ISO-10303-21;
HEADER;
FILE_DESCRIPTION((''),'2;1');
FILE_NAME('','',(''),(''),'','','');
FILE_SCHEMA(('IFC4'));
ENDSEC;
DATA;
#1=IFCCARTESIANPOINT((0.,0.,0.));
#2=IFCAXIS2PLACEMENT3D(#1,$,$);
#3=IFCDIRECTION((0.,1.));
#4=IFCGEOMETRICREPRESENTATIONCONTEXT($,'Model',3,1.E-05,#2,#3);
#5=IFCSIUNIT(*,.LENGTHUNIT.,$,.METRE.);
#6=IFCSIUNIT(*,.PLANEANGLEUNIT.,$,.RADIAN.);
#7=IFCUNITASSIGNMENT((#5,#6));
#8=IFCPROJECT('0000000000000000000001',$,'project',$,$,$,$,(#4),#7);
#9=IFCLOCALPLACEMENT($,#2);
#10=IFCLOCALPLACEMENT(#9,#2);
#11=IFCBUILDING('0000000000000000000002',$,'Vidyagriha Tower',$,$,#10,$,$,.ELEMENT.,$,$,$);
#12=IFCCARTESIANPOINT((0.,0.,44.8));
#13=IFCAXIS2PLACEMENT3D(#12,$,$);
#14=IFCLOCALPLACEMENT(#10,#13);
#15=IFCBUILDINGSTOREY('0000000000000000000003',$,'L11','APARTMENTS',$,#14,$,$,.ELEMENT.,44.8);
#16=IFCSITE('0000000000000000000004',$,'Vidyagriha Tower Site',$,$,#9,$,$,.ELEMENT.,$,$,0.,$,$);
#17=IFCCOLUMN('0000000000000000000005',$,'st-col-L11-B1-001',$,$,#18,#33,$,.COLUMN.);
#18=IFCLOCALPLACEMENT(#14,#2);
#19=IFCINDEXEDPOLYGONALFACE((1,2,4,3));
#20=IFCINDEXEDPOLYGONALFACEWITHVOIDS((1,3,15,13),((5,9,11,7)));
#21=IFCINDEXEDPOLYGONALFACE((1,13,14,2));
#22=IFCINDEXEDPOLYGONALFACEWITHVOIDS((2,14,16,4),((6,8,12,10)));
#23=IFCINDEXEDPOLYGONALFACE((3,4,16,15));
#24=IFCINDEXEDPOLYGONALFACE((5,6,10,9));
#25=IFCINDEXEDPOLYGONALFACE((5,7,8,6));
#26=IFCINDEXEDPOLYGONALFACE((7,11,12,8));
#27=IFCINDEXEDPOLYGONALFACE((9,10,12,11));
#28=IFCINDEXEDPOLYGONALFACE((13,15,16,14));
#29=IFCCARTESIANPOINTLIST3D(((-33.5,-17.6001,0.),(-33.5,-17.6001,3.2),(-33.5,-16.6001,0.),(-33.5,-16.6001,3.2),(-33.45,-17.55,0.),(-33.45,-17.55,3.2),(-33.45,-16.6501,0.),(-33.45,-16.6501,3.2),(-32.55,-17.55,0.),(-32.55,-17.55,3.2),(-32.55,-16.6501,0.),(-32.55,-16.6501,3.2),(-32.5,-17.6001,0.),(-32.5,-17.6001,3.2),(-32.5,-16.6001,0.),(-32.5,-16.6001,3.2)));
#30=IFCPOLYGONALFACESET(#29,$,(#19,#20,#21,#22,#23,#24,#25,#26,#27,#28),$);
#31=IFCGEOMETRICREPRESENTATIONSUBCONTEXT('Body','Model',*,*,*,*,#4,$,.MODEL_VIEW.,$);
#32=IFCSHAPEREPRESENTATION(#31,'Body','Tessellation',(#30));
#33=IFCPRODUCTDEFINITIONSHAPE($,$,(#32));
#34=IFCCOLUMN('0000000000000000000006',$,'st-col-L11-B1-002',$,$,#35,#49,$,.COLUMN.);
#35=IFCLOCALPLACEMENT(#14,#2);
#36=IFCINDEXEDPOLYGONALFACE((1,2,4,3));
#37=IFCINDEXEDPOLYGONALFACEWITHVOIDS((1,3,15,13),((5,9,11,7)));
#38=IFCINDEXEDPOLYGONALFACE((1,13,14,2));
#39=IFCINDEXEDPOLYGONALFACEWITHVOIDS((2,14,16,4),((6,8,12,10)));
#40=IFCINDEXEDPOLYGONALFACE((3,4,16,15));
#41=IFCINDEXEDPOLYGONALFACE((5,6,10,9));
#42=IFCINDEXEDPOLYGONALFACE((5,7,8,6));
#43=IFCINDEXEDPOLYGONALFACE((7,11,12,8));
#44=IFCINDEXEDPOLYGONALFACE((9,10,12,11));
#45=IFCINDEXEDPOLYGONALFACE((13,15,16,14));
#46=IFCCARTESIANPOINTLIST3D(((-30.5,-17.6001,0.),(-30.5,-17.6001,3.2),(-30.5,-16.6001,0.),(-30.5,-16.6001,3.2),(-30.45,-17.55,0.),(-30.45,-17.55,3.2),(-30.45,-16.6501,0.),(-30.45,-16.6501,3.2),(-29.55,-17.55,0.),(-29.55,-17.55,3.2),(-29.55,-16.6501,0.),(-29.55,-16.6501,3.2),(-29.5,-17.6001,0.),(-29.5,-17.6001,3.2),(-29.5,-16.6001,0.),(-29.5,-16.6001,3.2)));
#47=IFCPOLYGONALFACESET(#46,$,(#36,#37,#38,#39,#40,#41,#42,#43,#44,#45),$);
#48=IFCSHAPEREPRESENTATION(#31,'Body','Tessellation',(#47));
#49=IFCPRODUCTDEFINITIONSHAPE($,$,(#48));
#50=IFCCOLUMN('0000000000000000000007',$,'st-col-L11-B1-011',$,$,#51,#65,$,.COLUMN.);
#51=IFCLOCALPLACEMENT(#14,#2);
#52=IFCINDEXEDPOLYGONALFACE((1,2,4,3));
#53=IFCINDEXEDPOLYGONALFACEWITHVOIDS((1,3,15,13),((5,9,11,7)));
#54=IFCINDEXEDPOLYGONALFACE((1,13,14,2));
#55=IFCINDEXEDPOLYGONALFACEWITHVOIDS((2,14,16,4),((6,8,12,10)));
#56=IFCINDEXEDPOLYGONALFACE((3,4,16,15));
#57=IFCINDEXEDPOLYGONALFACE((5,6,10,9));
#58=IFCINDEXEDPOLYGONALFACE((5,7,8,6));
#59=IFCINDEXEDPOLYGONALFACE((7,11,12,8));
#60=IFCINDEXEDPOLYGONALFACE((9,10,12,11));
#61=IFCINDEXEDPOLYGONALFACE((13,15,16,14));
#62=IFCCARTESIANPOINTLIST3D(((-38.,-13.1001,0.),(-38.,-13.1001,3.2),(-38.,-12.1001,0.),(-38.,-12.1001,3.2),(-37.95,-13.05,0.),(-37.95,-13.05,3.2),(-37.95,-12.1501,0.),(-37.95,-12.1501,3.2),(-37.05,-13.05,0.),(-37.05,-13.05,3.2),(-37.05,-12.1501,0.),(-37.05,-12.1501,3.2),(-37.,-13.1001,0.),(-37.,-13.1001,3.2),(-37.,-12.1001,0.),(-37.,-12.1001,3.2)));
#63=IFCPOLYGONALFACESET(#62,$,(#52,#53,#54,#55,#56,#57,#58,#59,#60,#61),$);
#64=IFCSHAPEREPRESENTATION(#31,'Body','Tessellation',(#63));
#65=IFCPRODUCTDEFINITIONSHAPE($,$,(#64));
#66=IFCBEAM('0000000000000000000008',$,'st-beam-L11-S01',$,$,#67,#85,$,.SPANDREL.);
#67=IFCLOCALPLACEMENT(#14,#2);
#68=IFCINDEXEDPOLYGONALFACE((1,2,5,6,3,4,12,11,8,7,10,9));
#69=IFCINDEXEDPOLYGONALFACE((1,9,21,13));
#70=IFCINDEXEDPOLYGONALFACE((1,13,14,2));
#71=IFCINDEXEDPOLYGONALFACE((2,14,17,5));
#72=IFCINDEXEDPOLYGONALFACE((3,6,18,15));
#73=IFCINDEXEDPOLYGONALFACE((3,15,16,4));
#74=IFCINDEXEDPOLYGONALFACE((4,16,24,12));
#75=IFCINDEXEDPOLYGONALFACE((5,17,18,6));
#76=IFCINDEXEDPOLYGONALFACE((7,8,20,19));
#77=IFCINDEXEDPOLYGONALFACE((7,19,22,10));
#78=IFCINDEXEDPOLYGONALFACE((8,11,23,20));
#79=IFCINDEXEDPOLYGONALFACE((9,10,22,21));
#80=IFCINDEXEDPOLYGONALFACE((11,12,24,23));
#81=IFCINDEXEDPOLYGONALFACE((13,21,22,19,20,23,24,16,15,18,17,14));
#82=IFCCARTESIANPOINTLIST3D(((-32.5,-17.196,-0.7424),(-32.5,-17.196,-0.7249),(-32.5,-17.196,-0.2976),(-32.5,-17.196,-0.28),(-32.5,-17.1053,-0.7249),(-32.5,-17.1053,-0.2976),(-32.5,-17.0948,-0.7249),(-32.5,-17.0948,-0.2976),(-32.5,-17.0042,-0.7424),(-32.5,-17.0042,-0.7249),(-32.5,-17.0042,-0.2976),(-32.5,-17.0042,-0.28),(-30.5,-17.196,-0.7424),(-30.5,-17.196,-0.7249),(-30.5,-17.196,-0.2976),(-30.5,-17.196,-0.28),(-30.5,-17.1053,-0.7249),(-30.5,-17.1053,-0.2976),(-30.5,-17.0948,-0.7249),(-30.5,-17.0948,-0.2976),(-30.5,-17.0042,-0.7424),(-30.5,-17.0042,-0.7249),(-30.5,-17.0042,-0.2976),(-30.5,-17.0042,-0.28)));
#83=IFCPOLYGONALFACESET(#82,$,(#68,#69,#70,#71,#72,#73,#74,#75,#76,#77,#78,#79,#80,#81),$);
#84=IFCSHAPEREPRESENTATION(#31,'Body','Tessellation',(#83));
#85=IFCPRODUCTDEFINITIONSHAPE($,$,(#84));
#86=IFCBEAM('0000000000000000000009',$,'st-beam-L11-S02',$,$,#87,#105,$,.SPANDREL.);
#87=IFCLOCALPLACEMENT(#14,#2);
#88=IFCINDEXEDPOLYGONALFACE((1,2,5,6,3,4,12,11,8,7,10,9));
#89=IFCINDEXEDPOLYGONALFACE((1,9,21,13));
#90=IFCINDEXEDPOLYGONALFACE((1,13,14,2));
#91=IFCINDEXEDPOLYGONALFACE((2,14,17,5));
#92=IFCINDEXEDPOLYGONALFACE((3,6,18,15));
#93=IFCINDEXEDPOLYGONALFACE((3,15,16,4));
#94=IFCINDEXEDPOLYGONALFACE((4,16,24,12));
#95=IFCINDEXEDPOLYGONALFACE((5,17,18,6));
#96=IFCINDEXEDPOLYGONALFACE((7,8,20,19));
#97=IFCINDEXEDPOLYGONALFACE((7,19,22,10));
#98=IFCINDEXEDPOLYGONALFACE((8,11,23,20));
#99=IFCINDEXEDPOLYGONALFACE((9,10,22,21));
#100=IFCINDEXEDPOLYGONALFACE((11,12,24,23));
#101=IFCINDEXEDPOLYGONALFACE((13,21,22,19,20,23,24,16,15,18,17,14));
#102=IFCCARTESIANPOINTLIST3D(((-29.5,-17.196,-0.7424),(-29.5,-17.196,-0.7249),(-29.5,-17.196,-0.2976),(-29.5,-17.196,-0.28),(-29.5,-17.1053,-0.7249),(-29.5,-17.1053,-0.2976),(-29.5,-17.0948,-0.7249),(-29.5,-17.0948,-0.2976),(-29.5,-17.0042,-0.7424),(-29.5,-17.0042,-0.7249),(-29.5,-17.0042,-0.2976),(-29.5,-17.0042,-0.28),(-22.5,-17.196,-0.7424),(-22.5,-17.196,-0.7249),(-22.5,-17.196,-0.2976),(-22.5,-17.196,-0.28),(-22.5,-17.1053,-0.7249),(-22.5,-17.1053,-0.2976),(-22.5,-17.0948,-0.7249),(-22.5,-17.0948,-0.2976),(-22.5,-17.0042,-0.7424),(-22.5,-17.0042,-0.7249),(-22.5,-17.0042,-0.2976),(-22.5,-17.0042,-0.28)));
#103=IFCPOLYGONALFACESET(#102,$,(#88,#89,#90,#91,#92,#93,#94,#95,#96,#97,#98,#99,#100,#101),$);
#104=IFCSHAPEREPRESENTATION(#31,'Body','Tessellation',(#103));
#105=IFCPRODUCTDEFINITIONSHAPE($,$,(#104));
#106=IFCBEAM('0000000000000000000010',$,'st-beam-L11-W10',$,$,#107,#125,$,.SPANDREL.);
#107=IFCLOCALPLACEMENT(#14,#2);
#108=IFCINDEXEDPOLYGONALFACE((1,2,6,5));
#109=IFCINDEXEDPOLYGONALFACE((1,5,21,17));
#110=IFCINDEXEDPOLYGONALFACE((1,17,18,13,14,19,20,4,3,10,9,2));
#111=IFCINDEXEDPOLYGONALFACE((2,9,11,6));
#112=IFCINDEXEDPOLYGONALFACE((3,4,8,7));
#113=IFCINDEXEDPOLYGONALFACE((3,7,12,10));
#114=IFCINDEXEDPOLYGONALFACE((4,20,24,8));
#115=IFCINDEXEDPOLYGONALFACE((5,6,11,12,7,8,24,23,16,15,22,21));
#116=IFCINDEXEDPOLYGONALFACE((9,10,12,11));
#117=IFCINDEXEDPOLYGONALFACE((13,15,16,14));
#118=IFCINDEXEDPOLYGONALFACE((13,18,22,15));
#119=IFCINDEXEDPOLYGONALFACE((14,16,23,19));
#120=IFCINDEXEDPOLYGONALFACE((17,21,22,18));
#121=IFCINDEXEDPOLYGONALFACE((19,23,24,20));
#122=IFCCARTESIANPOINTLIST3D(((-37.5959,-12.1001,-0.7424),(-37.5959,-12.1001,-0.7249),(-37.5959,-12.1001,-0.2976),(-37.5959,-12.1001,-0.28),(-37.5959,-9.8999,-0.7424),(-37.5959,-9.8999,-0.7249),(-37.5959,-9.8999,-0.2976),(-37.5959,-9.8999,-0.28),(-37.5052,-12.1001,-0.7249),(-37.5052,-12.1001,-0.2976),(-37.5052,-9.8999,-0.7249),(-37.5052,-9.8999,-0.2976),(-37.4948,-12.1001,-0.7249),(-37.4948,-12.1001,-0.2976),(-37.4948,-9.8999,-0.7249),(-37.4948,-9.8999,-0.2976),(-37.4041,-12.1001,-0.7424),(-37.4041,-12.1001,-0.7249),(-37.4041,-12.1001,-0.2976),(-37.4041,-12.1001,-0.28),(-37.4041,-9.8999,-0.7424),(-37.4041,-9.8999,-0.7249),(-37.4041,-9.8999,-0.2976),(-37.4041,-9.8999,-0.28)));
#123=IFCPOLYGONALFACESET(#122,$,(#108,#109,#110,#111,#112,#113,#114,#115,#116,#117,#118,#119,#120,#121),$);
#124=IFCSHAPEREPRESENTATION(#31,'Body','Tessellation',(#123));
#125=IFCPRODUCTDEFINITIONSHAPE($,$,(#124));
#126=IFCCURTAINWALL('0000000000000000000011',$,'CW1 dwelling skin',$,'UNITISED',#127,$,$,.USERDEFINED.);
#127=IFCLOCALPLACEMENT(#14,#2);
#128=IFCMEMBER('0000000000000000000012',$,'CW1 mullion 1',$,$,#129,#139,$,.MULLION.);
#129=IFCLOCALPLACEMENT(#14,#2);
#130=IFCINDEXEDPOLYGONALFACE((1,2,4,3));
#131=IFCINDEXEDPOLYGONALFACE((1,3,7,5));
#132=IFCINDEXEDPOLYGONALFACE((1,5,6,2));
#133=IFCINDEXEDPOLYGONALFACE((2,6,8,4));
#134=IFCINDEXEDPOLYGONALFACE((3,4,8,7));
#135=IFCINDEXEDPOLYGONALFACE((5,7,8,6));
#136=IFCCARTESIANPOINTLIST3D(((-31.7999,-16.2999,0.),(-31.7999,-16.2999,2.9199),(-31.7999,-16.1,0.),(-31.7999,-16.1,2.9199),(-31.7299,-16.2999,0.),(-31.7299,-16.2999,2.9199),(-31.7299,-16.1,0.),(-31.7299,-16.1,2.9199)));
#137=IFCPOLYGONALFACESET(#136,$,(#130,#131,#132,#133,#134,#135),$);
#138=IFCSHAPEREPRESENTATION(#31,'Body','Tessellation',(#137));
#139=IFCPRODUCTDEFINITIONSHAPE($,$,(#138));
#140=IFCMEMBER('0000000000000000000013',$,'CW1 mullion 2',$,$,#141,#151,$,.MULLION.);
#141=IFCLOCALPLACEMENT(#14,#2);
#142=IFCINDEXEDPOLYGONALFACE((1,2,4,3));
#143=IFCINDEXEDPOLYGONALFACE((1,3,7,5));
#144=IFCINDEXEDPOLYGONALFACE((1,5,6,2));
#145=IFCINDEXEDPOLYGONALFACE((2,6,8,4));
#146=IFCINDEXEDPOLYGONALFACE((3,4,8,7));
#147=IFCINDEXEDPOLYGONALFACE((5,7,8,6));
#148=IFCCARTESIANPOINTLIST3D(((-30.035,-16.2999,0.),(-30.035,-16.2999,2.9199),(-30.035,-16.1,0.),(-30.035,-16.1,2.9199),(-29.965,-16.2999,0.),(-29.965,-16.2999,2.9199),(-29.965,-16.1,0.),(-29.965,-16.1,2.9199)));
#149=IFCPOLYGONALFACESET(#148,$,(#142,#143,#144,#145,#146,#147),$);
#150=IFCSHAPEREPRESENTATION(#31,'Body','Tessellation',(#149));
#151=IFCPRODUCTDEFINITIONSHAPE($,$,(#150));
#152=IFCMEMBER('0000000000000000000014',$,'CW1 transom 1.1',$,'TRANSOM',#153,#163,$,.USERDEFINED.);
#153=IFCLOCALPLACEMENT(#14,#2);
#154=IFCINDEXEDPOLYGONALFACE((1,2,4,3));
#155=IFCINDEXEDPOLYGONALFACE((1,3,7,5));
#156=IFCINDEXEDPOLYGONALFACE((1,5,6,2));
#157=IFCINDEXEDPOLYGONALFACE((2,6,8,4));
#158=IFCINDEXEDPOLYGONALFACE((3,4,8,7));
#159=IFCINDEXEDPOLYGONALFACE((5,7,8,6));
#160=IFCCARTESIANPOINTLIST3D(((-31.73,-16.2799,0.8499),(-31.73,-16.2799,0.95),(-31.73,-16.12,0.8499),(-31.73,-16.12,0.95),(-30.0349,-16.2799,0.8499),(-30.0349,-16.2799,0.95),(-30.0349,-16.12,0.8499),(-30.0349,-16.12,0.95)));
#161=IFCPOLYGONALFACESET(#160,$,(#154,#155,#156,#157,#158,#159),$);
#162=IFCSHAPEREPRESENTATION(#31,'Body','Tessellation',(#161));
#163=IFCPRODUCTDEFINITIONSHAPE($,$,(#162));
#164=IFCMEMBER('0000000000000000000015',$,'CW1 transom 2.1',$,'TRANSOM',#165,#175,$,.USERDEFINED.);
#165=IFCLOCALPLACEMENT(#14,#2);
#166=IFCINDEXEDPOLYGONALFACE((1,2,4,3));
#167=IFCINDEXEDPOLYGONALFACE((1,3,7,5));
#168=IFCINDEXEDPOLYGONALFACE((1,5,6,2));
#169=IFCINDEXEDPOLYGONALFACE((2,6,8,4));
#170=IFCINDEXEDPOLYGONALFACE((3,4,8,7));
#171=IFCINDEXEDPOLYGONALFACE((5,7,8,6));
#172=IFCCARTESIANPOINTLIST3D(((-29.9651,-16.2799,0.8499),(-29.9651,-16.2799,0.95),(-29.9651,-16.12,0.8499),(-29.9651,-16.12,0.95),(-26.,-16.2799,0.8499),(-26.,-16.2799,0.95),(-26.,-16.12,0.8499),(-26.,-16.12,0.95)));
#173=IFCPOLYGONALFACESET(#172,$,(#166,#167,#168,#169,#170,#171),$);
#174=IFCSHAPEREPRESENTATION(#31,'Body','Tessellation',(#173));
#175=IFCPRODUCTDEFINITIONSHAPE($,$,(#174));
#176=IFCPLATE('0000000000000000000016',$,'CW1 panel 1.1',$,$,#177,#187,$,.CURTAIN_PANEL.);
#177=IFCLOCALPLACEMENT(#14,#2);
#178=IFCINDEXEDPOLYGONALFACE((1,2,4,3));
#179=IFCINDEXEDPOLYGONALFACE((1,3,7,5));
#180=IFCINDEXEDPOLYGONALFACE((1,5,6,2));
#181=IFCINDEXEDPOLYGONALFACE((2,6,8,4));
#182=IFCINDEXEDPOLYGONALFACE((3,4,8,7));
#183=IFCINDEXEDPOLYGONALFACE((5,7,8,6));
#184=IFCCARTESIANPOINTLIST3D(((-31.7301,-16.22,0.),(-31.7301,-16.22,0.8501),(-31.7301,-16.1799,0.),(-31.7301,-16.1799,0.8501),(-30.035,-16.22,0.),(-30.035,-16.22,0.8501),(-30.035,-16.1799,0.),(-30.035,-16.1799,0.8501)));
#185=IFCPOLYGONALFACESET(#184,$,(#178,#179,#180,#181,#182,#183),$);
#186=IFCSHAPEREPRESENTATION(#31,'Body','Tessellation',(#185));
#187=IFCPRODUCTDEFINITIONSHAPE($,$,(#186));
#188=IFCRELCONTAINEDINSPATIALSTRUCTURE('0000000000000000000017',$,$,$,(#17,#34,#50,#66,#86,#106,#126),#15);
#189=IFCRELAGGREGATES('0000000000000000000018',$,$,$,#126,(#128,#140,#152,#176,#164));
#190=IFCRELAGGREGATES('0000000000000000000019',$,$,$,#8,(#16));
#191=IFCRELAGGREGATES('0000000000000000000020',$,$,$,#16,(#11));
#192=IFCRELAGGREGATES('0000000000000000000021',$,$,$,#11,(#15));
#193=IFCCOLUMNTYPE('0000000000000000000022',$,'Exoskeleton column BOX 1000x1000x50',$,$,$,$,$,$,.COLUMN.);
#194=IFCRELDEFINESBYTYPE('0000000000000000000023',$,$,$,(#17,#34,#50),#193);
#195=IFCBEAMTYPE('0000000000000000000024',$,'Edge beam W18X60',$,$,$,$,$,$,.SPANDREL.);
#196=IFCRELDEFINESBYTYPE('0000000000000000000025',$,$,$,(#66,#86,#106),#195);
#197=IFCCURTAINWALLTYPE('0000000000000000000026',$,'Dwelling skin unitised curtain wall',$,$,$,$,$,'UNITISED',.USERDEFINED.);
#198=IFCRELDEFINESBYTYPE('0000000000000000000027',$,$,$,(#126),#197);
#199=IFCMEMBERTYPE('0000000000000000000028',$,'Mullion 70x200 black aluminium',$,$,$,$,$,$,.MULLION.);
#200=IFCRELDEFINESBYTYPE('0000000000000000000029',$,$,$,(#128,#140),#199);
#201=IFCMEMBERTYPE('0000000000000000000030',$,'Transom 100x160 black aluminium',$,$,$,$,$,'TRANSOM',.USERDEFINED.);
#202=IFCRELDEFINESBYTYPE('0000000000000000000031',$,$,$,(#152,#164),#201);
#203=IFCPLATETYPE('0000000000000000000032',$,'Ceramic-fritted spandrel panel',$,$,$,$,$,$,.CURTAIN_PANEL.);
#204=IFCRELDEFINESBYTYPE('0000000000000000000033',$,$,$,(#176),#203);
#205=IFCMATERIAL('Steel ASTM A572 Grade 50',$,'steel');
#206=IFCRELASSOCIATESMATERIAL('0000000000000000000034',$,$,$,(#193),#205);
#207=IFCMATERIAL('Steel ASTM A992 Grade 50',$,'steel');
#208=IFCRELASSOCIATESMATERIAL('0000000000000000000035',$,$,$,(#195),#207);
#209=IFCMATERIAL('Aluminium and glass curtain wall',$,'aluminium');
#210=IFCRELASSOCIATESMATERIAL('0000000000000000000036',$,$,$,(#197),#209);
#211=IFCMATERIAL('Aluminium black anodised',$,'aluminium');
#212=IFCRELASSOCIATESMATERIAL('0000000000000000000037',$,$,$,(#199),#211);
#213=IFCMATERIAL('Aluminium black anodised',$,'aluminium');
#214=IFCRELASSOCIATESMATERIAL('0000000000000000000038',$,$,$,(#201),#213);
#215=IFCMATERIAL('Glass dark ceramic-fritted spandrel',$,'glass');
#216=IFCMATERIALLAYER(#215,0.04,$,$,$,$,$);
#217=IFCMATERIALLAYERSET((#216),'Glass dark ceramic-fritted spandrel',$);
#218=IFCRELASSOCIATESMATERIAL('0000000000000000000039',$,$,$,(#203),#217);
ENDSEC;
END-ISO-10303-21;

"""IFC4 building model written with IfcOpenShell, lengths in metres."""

from ifc_helpers import new_model, si_unit, direction, frame, origin, origin_2d, place, context, subcontext, project, spatial, rectangle, hollow_rectangle, i_section, extrude, material, layer, layer_set, material_profile, profile_set, type_object, element, aggregate, save


model = new_model("IFC4")

# Units and contexts
model_context = context("Model", 3, precision=1e-05, world=origin(), true_north=direction((0.0, 1.0)))
body_context = subcontext(model_context, "Body", "Model", "MODEL_VIEW")
ifc_project = project(units=[si_unit("LENGTHUNIT", "METRE"), si_unit("PLANEANGLEUNIT", "RADIAN")], contexts=[model_context])

# Site, building, storey
site_placement = place(None, origin())
site = spatial("IfcSite", under=ifc_project, at=site_placement, Name="Vidyagriha Tower Site", CompositionType="ELEMENT", RefElevation=0.0)
building_placement = place(site_placement, origin())
building = spatial("IfcBuilding", under=site, at=building_placement, Name="Vidyagriha Tower", CompositionType="ELEMENT")
storey_placement = place(building_placement, frame((0.0, 0.0, 44.8)))
storey = spatial("IfcBuildingStorey", under=building, at=storey_placement, Name="L11", Description="APARTMENTS", CompositionType="ELEMENT", Elevation=44.8)

# Columns
ifc_material_1 = material(Name="Steel ASTM A572 Grade 50", Category="steel")
ifc_material_profile_1 = material_profile(ifc_material_1, hollow_rectangle(XDim=1.0, YDim=1.0, WallThickness=0.05, at=origin_2d()), Name="BOX 1000x1000x50")
ifc_profile_set_1 = profile_set([ifc_material_profile_1], Name="Steel ASTM A572 Grade 50")
column_type = type_object("IfcColumnType", Name="Exoskeleton column BOX 1000x1000x50", PredefinedType="COLUMN", material=ifc_profile_set_1)
for number, where, name in (
    (1, (-33.0, -17.1001, 0.0), "st-col-L11-B1-001"),
    (2, (-30.0, -17.1001, 0.0), "st-col-L11-B1-002"),
    (3, (-37.5, -12.6001, 0.0), "st-col-L11-B1-011"),
):
    element("IfcColumn", number, at=place(storey_placement, frame(where)), inside=storey, type_object=column_type, Name=name, PredefinedType="COLUMN", context=body_context, shape_type="SweptSolid", body=[
        extrude(hollow_rectangle(XDim=1.0, YDim=1.0, WallThickness=0.05, at=origin_2d()), origin(), (0.0, 0.0, 1.0), 3.2),
    ])

# Beams
ifc_material_2 = material(Name="Steel ASTM A992 Grade 50", Category="steel")
ifc_material_profile_2 = material_profile(ifc_material_2, i_section(OverallWidth=0.1919, OverallDepth=0.4624, WebThickness=0.0105, FlangeThickness=0.0176, at=origin_2d()), Name="W18X60")
ifc_profile_set_2 = profile_set([ifc_material_profile_2], Name="Steel ASTM A992 Grade 50")
beam_type = type_object("IfcBeamType", Name="Edge beam W18X60", PredefinedType="SPANDREL", material=ifc_profile_set_2)
beam_1_placement = place(storey_placement, frame((-32.5, -17.1001, -0.5112), z_axis=(1.0, 0.0, 0.0), x_axis=(0.0, 1.0, 0.0)))
element("IfcBeam", 4, at=beam_1_placement, inside=storey, type_object=beam_type, Name="st-beam-L11-S01", PredefinedType="SPANDREL", context=body_context, shape_type="SweptSolid", body=[
    extrude(i_section(OverallWidth=0.1919, OverallDepth=0.4624, WebThickness=0.0105, FlangeThickness=0.0176, at=origin_2d()), origin(), (0.0, 0.0, 1.0), 2.0),
])
beam_2_placement = place(storey_placement, frame((-29.5, -17.1001, -0.5112), z_axis=(1.0, 0.0, 0.0), x_axis=(0.0, 1.0, 0.0)))
element("IfcBeam", 5, at=beam_2_placement, inside=storey, type_object=beam_type, Name="st-beam-L11-S02", PredefinedType="SPANDREL", context=body_context, shape_type="SweptSolid", body=[
    extrude(i_section(OverallWidth=0.1919, OverallDepth=0.4624, WebThickness=0.0105, FlangeThickness=0.0176, at=origin_2d()), origin(), (0.0, 0.0, 1.0), 7.0),
])
beam_3_placement = place(storey_placement, frame((-37.5, -12.1001, -0.5112), z_axis=(0.0, 1.0, 0.0), x_axis=(-1.0, 0.0, 0.0)))
element("IfcBeam", 6, at=beam_3_placement, inside=storey, type_object=beam_type, Name="st-beam-L11-W10", PredefinedType="SPANDREL", context=body_context, shape_type="SweptSolid", body=[
    extrude(i_section(OverallWidth=0.1919, OverallDepth=0.4624, WebThickness=0.0105, FlangeThickness=0.0176, at=origin_2d()), origin(), (0.0, 0.0, 1.0), 2.2002),
])

# Curtain wall, members, plate
ifc_material_3 = material(Name="Aluminium and glass curtain wall", Category="aluminium")
curtain_wall_type = type_object("IfcCurtainWallType", Name="Dwelling skin unitised curtain wall", ElementType="UNITISED", PredefinedType="USERDEFINED", material=ifc_material_3)
curtain_wall_placement = place(storey_placement, origin())
curtain_wall = element("IfcCurtainWall", 7, at=curtain_wall_placement, inside=storey, type_object=curtain_wall_type, Name="CW1 dwelling skin", ObjectType="UNITISED", PredefinedType="USERDEFINED")
ifc_material_4 = material(Name="Aluminium black anodised", Category="aluminium")
ifc_material_profile_3 = material_profile(ifc_material_4, rectangle(XDim=0.2, YDim=0.0701, at=origin_2d()), Name="Mullion 70x200 black aluminium")
ifc_profile_set_3 = profile_set([ifc_material_profile_3], Name="Aluminium black anodised")
member_type_1 = type_object("IfcMemberType", Name="Mullion 70x200 black aluminium", PredefinedType="MULLION", material=ifc_profile_set_3)
member_1_placement = place(storey_placement, frame((-31.7649, -16.2, 0.0), z_axis=(0.0, 0.0, 1.0), x_axis=(0.0, 1.0, 0.0)))
member_1 = element("IfcMember", 8, at=member_1_placement, type_object=member_type_1, Name="CW1 mullion 1", PredefinedType="MULLION", context=body_context, shape_type="SweptSolid", body=[
    extrude(rectangle(XDim=0.2, YDim=0.0701, at=origin_2d()), origin(), (0.0, 0.0, 1.0), 2.9199),
])
member_2_placement = place(storey_placement, frame((-30.0, -16.2, 0.0), z_axis=(0.0, 0.0, 1.0), x_axis=(0.0, 1.0, 0.0)))
member_2 = element("IfcMember", 9, at=member_2_placement, type_object=member_type_1, Name="CW1 mullion 2", PredefinedType="MULLION", context=body_context, shape_type="SweptSolid", body=[
    extrude(rectangle(XDim=0.2, YDim=0.0701, at=origin_2d()), origin(), (0.0, 0.0, 1.0), 2.9199),
])
ifc_material_5 = material(Name="Aluminium black anodised", Category="aluminium")
ifc_material_profile_4 = material_profile(ifc_material_5, rectangle(XDim=0.1599, YDim=0.1001, at=origin_2d()), Name="Transom 100x160 black aluminium")
ifc_profile_set_4 = profile_set([ifc_material_profile_4], Name="Aluminium black anodised")
member_type_2 = type_object("IfcMemberType", Name="Transom 100x160 black aluminium", ElementType="TRANSOM", PredefinedType="USERDEFINED", material=ifc_profile_set_4)
member_3_placement = place(storey_placement, frame((-31.73, -16.2, 0.8999), z_axis=(1.0, 0.0, 0.0), x_axis=(0.0, 1.0, 0.0)))
member_3 = element("IfcMember", 10, at=member_3_placement, type_object=member_type_2, Name="CW1 transom 1.1", ObjectType="TRANSOM", PredefinedType="USERDEFINED", context=body_context, shape_type="SweptSolid", body=[
    extrude(rectangle(XDim=0.1599, YDim=0.1001, at=origin_2d()), origin(), (0.0, 0.0, 1.0), 1.6951),
])
member_4_placement = place(storey_placement, frame((-29.9651, -16.2, 0.8999), z_axis=(1.0, 0.0, 0.0), x_axis=(0.0, 1.0, 0.0)))
member_4 = element("IfcMember", 11, at=member_4_placement, type_object=member_type_2, Name="CW1 transom 2.1", ObjectType="TRANSOM", PredefinedType="USERDEFINED", context=body_context, shape_type="SweptSolid", body=[
    extrude(rectangle(XDim=0.1599, YDim=0.1001, at=origin_2d()), origin(), (0.0, 0.0, 1.0), 3.9651),
])
ifc_material_6 = material(Name="Glass dark ceramic-fritted spandrel", Category="glass")
ifc_layer_1 = layer(ifc_material_6, 0.04)
ifc_layer_set_1 = layer_set([ifc_layer_1], Name="Glass dark ceramic-fritted spandrel")
plate_type_1 = type_object("IfcPlateType", Name="Ceramic-fritted spandrel panel", PredefinedType="CURTAIN_PANEL", material=ifc_layer_set_1)
plate_1_placement = place(storey_placement, frame((-30.8826, -16.2, 0.0)))
plate_1 = element("IfcPlate", 12, at=plate_1_placement, type_object=plate_type_1, Name="CW1 panel 1.1", PredefinedType="CURTAIN_PANEL", context=body_context, shape_type="SweptSolid", body=[
    extrude(rectangle(XDim=1.6951, YDim=0.04, at=origin_2d()), origin(), (0.0, 0.0, 1.0), 0.8501),
])
aggregate(curtain_wall, [member_1, member_2, member_3, plate_1, member_4])

save(model, "model.ifc")
